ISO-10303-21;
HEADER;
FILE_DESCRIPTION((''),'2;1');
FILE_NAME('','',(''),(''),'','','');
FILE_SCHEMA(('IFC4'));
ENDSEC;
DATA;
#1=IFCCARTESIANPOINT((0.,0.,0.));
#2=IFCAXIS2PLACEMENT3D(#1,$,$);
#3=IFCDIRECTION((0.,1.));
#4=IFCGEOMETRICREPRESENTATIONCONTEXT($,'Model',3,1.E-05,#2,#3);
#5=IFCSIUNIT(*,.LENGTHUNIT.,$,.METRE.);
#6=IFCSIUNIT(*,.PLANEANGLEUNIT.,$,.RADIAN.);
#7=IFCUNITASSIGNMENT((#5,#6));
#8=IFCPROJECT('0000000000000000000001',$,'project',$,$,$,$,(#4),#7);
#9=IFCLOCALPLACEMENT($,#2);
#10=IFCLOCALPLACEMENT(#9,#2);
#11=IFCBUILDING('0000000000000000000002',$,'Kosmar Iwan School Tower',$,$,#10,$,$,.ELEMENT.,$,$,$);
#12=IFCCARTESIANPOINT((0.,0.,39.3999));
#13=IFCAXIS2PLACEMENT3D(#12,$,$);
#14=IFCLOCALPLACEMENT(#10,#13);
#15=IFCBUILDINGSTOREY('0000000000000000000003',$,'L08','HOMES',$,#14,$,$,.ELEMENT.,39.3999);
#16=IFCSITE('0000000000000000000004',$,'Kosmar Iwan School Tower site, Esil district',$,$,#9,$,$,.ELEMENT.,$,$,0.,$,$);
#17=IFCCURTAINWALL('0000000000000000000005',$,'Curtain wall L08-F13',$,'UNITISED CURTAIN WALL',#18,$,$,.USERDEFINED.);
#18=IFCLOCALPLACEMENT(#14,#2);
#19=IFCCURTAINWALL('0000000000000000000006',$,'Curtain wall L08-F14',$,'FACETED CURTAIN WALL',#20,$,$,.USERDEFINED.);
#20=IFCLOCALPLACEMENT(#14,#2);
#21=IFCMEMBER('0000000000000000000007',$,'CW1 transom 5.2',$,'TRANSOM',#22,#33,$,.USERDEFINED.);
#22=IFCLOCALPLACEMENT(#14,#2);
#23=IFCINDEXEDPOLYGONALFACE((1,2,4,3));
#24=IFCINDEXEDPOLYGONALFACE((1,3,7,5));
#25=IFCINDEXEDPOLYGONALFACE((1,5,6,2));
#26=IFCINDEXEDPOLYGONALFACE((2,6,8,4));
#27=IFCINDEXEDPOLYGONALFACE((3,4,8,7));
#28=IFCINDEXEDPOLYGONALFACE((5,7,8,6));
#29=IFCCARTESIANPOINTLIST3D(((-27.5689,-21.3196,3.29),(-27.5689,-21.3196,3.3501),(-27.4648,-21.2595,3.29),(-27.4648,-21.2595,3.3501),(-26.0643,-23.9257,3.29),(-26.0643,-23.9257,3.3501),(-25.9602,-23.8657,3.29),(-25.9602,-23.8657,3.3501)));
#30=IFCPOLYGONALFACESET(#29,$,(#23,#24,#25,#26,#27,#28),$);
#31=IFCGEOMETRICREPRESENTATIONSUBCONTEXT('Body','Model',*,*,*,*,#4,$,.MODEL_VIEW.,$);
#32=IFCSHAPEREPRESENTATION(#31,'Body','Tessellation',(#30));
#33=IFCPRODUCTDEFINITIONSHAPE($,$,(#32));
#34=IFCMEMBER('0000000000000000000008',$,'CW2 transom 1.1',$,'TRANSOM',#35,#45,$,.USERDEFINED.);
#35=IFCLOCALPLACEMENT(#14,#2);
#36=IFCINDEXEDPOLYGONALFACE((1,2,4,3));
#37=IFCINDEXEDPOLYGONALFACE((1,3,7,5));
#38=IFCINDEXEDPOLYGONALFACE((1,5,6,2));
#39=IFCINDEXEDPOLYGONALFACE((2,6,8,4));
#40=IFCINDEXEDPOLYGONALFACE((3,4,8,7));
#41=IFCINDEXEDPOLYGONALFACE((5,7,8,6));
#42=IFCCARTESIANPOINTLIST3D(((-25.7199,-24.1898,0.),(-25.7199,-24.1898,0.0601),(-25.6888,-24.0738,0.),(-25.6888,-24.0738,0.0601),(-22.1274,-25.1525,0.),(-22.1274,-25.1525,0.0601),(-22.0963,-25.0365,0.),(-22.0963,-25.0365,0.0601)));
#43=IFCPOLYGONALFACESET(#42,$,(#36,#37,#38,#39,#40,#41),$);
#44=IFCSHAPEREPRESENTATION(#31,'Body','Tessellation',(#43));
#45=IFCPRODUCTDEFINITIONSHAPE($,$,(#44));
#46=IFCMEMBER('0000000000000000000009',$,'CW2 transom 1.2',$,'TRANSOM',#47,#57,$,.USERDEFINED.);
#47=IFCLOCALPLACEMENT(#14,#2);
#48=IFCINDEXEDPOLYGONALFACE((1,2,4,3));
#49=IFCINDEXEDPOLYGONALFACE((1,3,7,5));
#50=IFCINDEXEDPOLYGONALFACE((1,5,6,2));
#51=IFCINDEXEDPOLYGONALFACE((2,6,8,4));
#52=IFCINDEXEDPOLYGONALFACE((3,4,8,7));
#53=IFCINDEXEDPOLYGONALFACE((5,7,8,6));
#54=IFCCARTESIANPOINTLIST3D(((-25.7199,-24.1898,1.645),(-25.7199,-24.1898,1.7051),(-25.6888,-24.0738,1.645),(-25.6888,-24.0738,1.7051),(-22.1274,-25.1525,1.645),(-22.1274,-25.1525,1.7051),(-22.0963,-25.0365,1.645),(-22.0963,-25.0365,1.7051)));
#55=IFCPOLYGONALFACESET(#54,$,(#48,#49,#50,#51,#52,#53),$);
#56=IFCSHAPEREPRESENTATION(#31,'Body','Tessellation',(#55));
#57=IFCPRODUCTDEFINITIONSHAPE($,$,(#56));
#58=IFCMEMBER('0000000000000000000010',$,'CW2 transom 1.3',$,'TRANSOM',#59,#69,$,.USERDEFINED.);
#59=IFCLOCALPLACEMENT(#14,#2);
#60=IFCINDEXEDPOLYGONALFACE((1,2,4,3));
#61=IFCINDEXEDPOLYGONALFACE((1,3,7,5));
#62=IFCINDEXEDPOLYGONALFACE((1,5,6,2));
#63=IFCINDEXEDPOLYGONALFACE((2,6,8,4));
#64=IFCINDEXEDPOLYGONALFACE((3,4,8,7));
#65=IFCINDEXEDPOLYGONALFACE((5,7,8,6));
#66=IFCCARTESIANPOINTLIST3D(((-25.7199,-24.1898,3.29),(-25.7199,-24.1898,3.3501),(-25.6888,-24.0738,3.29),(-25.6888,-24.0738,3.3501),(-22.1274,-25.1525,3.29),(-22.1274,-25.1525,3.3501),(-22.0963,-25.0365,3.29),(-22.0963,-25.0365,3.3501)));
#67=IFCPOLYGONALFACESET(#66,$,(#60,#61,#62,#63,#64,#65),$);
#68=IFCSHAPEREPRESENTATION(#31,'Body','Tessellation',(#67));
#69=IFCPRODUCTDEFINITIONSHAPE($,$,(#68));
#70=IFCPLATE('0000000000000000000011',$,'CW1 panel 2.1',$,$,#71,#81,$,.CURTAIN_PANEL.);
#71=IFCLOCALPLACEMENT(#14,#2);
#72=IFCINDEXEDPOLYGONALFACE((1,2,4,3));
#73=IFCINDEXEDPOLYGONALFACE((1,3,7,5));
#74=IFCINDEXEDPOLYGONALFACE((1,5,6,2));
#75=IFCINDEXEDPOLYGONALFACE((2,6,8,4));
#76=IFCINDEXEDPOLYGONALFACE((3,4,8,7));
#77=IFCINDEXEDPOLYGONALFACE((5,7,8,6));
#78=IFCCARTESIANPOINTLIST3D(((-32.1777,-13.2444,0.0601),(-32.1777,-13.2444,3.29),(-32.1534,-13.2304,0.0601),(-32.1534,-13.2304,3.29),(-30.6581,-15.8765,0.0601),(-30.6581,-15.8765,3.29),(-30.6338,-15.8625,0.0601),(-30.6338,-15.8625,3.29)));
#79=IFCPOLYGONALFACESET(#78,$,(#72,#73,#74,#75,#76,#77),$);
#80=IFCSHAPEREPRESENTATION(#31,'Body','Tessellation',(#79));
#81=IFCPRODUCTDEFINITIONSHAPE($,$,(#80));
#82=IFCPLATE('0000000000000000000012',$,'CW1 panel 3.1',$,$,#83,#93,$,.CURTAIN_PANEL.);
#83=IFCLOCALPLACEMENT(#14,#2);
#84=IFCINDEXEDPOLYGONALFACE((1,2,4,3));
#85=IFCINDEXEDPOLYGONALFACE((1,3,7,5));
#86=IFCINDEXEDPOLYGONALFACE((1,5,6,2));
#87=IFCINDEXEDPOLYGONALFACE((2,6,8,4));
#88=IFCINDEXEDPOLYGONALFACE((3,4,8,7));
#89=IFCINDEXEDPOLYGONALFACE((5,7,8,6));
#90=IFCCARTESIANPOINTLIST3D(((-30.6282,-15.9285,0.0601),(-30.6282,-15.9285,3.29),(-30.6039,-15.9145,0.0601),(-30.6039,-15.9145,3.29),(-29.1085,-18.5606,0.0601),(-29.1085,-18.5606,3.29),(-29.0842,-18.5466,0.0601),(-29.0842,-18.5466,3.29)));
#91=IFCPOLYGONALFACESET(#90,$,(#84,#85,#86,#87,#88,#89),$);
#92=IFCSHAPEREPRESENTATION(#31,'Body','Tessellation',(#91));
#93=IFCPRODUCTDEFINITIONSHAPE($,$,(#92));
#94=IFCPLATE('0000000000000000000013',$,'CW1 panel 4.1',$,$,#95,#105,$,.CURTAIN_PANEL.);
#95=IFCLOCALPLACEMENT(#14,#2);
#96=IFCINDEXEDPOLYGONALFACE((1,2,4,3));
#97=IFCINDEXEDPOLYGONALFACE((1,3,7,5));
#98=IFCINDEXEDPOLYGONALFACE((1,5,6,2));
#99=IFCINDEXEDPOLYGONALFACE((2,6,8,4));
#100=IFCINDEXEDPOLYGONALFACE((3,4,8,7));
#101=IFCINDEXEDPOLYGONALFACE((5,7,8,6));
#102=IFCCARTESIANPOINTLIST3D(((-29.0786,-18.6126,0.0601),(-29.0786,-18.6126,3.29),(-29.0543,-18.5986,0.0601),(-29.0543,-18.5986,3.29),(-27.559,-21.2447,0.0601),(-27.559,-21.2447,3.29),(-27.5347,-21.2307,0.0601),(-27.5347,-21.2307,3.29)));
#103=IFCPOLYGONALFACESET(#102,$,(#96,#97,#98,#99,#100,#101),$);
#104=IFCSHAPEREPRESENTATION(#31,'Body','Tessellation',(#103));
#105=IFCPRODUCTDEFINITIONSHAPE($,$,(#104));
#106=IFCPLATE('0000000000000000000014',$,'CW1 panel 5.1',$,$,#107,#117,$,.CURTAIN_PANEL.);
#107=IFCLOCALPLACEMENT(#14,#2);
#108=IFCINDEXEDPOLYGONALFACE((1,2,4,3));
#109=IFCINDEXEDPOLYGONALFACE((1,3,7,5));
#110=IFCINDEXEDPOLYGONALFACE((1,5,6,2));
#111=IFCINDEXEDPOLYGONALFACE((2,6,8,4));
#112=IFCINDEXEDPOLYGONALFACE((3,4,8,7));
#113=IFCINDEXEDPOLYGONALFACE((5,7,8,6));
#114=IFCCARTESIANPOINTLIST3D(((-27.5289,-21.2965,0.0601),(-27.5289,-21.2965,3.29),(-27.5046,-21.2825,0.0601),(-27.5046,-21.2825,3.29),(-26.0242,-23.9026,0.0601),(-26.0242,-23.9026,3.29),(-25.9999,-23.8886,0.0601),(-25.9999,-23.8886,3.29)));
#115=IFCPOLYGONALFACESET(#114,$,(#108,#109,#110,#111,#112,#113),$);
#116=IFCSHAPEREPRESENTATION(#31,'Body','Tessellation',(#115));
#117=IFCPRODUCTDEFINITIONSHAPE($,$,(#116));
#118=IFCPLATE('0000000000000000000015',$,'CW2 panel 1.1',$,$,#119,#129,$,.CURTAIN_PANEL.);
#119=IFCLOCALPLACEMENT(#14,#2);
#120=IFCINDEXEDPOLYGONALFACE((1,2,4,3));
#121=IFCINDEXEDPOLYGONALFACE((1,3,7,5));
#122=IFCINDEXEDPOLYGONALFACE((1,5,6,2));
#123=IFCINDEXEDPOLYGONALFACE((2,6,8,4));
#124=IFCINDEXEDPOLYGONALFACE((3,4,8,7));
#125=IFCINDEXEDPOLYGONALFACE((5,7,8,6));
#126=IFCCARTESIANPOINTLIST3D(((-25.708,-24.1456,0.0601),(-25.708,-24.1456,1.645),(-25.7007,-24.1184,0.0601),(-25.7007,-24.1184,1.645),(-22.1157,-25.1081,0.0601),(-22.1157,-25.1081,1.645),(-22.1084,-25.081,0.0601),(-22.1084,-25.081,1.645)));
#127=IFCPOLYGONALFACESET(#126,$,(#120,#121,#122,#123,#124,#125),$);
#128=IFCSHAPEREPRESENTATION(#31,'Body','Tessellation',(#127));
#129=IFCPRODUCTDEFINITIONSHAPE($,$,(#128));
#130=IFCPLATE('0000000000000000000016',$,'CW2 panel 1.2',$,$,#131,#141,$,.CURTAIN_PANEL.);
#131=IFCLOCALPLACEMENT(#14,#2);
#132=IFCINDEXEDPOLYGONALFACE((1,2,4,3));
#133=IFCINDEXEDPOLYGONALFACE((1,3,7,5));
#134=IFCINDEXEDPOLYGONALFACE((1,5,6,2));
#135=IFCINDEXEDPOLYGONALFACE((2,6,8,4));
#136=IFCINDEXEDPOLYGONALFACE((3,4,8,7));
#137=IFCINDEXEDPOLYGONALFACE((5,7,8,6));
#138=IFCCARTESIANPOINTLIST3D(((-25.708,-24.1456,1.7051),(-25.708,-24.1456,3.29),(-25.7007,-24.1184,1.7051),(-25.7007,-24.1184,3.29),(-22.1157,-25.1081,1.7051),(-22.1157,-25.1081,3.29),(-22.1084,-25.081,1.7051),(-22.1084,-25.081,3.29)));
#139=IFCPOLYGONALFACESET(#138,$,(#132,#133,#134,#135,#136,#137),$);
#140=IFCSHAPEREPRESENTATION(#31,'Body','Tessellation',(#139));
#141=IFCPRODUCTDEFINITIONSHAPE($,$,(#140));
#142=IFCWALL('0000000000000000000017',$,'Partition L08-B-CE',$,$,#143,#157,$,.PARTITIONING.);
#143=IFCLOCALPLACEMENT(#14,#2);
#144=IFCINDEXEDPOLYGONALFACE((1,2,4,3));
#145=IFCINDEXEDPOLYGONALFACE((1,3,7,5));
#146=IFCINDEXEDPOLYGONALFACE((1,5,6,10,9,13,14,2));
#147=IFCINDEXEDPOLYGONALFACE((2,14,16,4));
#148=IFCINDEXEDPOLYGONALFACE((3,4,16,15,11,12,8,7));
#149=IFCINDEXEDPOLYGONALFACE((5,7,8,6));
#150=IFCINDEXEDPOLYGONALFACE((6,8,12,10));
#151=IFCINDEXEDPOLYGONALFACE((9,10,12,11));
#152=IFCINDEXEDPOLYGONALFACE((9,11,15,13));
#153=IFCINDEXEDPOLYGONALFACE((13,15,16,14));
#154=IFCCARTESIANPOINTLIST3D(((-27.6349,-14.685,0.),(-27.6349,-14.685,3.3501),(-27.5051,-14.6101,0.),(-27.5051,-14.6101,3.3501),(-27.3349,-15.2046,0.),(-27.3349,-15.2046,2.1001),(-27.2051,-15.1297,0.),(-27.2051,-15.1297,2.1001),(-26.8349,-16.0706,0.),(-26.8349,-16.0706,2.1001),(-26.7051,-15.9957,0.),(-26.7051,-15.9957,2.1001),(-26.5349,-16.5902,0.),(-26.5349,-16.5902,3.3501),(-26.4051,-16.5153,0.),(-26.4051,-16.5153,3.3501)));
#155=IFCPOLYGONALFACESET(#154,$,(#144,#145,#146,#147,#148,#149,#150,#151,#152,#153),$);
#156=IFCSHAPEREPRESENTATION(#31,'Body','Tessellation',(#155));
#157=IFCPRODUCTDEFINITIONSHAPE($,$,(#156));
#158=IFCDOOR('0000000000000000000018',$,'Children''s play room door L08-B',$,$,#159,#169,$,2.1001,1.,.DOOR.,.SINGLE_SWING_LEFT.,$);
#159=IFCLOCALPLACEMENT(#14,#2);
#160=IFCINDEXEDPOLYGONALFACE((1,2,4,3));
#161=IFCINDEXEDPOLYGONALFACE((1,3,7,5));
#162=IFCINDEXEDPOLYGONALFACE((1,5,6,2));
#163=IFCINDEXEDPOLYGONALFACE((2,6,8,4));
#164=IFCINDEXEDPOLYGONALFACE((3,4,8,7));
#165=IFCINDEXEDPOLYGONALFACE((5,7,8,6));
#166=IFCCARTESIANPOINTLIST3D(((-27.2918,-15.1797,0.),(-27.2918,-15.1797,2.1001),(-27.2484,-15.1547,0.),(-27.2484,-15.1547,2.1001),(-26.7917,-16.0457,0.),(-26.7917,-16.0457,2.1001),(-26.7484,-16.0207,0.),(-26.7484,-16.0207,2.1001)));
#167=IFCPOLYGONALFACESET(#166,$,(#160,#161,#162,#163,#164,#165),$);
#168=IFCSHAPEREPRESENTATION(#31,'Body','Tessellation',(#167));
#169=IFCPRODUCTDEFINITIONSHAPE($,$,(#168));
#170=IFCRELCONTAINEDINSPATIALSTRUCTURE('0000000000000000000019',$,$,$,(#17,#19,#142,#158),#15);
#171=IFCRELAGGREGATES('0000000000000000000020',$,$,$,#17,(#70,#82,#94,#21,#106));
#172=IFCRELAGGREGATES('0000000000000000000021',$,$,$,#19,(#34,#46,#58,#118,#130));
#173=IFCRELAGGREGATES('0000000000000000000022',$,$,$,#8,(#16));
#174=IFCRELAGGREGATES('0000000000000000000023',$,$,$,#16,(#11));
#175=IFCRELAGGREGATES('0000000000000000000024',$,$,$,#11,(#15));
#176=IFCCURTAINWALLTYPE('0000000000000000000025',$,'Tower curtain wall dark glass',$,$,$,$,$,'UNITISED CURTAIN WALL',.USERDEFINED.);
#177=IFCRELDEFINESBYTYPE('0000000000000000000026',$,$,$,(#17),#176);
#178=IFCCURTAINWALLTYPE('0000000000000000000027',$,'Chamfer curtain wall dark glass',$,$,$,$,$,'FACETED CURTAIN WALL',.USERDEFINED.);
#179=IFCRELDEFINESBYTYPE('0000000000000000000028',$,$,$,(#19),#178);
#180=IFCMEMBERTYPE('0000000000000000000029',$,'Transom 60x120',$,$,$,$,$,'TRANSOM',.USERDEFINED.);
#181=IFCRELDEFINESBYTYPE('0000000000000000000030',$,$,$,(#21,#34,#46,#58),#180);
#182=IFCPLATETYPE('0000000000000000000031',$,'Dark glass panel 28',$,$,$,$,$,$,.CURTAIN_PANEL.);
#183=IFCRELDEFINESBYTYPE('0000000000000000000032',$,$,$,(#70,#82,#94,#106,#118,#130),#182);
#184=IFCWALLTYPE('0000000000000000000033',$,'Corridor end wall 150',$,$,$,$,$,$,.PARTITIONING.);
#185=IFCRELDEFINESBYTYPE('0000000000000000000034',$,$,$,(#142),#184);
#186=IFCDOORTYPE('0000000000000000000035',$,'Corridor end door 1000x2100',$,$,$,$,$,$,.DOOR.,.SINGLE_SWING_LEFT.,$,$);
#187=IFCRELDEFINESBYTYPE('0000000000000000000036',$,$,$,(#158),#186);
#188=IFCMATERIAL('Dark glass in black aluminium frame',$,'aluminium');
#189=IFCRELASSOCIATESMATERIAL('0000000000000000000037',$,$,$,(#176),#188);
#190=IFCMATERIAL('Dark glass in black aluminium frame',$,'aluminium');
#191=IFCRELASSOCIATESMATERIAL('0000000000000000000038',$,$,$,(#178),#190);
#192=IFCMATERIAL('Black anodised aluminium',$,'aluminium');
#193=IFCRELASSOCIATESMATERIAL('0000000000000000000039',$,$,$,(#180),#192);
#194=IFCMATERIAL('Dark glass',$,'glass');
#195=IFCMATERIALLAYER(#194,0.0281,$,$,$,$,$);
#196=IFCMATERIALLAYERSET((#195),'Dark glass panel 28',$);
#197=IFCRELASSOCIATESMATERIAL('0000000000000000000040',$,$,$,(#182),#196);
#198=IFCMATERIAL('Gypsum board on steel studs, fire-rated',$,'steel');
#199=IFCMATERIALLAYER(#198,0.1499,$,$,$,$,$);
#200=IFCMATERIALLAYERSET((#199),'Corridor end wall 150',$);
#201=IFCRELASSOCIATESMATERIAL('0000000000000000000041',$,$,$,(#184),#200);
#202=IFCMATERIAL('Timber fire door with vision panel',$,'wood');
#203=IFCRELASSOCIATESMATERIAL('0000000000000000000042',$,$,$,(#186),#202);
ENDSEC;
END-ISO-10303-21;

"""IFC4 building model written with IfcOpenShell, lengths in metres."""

from ifc_helpers import new_model, si_unit, direction, frame, frame_2d, origin, origin_2d, place, context, subcontext, project, spatial, rectangle, extrude, material, layer, layer_set, material_profile, profile_set, type_object, element, fill, aggregate, save


model = new_model("IFC4")

# Units and contexts
model_context = context("Model", 3, precision=1e-05, world=origin(), true_north=direction((0.0, 1.0)))
body_context = subcontext(model_context, "Body", "Model", "MODEL_VIEW")
ifc_project = project(units=[si_unit("LENGTHUNIT", "METRE"), si_unit("PLANEANGLEUNIT", "RADIAN")], contexts=[model_context])

# Site, building, storey
site_placement = place(None, origin())
site = spatial("IfcSite", under=ifc_project, at=site_placement, Name="Kosmar Iwan School Tower site, Esil district", CompositionType="ELEMENT", RefElevation=0.0)
building_placement = place(site_placement, origin())
building = spatial("IfcBuilding", under=site, at=building_placement, Name="Kosmar Iwan School Tower", CompositionType="ELEMENT")
storey_placement = place(building_placement, frame((0.0, 0.0, 39.3999)))
storey = spatial("IfcBuildingStorey", under=building, at=storey_placement, Name="L08", Description="HOMES", CompositionType="ELEMENT", Elevation=39.3999)

# Curtain wall
ifc_material_1 = material(Name="Dark glass in black aluminium frame", Category="aluminium")
curtain_wall_type_1 = type_object("IfcCurtainWallType", Name="Tower curtain wall dark glass", ElementType="UNITISED CURTAIN WALL", PredefinedType="USERDEFINED", material=ifc_material_1)
curtain_wall_1_placement = place(storey_placement, origin())
curtain_wall_1 = element("IfcCurtainWall", 1, at=curtain_wall_1_placement, inside=storey, type_object=curtain_wall_type_1, Name="Curtain wall L08-F13", ObjectType="UNITISED CURTAIN WALL", PredefinedType="USERDEFINED")

# Curtain wall
ifc_material_2 = material(Name="Dark glass in black aluminium frame", Category="aluminium")
curtain_wall_type_2 = type_object("IfcCurtainWallType", Name="Chamfer curtain wall dark glass", ElementType="FACETED CURTAIN WALL", PredefinedType="USERDEFINED", material=ifc_material_2)
curtain_wall_2_placement = place(storey_placement, origin())
curtain_wall_2 = element("IfcCurtainWall", 2, at=curtain_wall_2_placement, inside=storey, type_object=curtain_wall_type_2, Name="Curtain wall L08-F14", ObjectType="FACETED CURTAIN WALL", PredefinedType="USERDEFINED")

# Members
ifc_material_3 = material(Name="Black anodised aluminium", Category="aluminium")
ifc_material_profile_1 = material_profile(ifc_material_3, rectangle(XDim=0.1201, YDim=0.0601, at=origin_2d()), Name="TRANSOM 60x120")
ifc_profile_set_1 = profile_set([ifc_material_profile_1], Name="Black anodised aluminium")
member_type_1 = type_object("IfcMemberType", Name="Transom 60x120", ElementType="TRANSOM", PredefinedType="USERDEFINED", material=ifc_profile_set_1)
member_1_placement = place(storey_placement, frame((-27.5168, -21.2896, 3.3201), z_axis=(0.499987, -0.866033, 0.0), x_axis=(0.866033, 0.499987, 0.0)))
member_1 = element("IfcMember", 3, at=member_1_placement, type_object=member_type_1, Name="CW1 transom 5.2", ObjectType="TRANSOM", PredefinedType="USERDEFINED", context=body_context, shape_type="SweptSolid", body=[
    extrude(rectangle(XDim=0.1201, YDim=0.0601, at=origin_2d()), origin(), (0.0, 0.0, 1.0), 3.0093),
])
member_2_placement = place(storey_placement, frame((-25.7043, -24.1318, 0.03), z_axis=(0.965924, -0.258827, 0.0), x_axis=(0.258827, 0.965924, 0.0)))
member_2 = element("IfcMember", 4, at=member_2_placement, type_object=member_type_1, Name="CW2 transom 1.1", ObjectType="TRANSOM", PredefinedType="USERDEFINED", context=body_context, shape_type="SweptSolid", body=[
    extrude(rectangle(XDim=0.1201, YDim=0.0601, at=origin_2d()), origin(), (0.0, 0.0, 1.0), 3.7192),
])
member_3_placement = place(storey_placement, frame((-25.7043, -24.1318, 1.675), z_axis=(0.965924, -0.258827, 0.0), x_axis=(0.258827, 0.965924, 0.0)))
member_3 = element("IfcMember", 5, at=member_3_placement, type_object=member_type_1, Name="CW2 transom 1.2", ObjectType="TRANSOM", PredefinedType="USERDEFINED", context=body_context, shape_type="SweptSolid", body=[
    extrude(rectangle(XDim=0.1201, YDim=0.0601, at=origin_2d()), origin(), (0.0, 0.0, 1.0), 3.7192),
])
member_4_placement = place(storey_placement, frame((-25.7043, -24.1318, 3.3201), z_axis=(0.965924, -0.258827, 0.0), x_axis=(0.258827, 0.965924, 0.0)))
member_4 = element("IfcMember", 6, at=member_4_placement, type_object=member_type_1, Name="CW2 transom 1.3", ObjectType="TRANSOM", PredefinedType="USERDEFINED", context=body_context, shape_type="SweptSolid", body=[
    extrude(rectangle(XDim=0.1201, YDim=0.0601, at=origin_2d()), origin(), (0.0, 0.0, 1.0), 3.7192),
])

# Plates
ifc_material_4 = material(Name="Dark glass", Category="glass")
ifc_layer_1 = layer(ifc_material_4, 0.0281)
ifc_layer_set_1 = layer_set([ifc_layer_1], Name="Dark glass panel 28")
plate_type = type_object("IfcPlateType", Name="Dark glass panel 28", PredefinedType="CURTAIN_PANEL", material=ifc_layer_set_1)
plate_1_placement = place(storey_placement, frame((-31.4058, -14.5535, 0.0601), z_axis=(0.0, 0.0, 1.0), x_axis=(0.5, -0.866025, 0.0)))
plate_1 = element("IfcPlate", 7, at=plate_1_placement, type_object=plate_type, Name="CW1 panel 2.1", PredefinedType="CURTAIN_PANEL", context=body_context, shape_type="SweptSolid", body=[
    extrude(rectangle(XDim=3.0393, YDim=0.0281, at=origin_2d()), origin(), (0.0, 0.0, 1.0), 3.23),
])
plate_2_placement = place(storey_placement, frame((-29.8562, -17.2375, 0.0601), z_axis=(0.0, 0.0, 1.0), x_axis=(0.5, -0.866025, 0.0)))
plate_2 = element("IfcPlate", 8, at=plate_2_placement, type_object=plate_type, Name="CW1 panel 3.1", PredefinedType="CURTAIN_PANEL", context=body_context, shape_type="SweptSolid", body=[
    extrude(rectangle(XDim=3.0393, YDim=0.0281, at=origin_2d()), origin(), (0.0, 0.0, 1.0), 3.23),
])
plate_3_placement = place(storey_placement, frame((-28.3066, -19.9216, 0.0601), z_axis=(0.0, 0.0, 1.0), x_axis=(0.5, -0.866025, 0.0)))
plate_3 = element("IfcPlate", 9, at=plate_3_placement, type_object=plate_type, Name="CW1 panel 4.1", PredefinedType="CURTAIN_PANEL", context=body_context, shape_type="SweptSolid", body=[
    extrude(rectangle(XDim=3.0393, YDim=0.0281, at=origin_2d()), origin(), (0.0, 0.0, 1.0), 3.23),
])
plate_4_placement = place(storey_placement, frame((-26.7644, -22.5925, 0.0601), z_axis=(0.0, 0.0, 1.0), x_axis=(0.5, -0.866025, 0.0)))
plate_4 = element("IfcPlate", 10, at=plate_4_placement, type_object=plate_type, Name="CW1 panel 5.1", PredefinedType="CURTAIN_PANEL", context=body_context, shape_type="SweptSolid", body=[
    extrude(rectangle(XDim=3.0093, YDim=0.0281, at=origin_2d()), origin(), (0.0, 0.0, 1.0), 3.23),
])
aggregate(curtain_wall_1, [plate_1, plate_2, plate_3, member_1, plate_4])
plate_5_placement = place(storey_placement, frame((-23.9082, -24.6133, 0.0601), z_axis=(0.0, 0.0, 1.0), x_axis=(0.965926, -0.258819, 0.0)))
plate_5 = element("IfcPlate", 11, at=plate_5_placement, type_object=plate_type, Name="CW2 panel 1.1", PredefinedType="CURTAIN_PANEL", context=body_context, shape_type="SweptSolid", body=[
    extrude(rectangle(XDim=3.719, YDim=0.0281, at=origin_2d()), origin(), (0.0, 0.0, 1.0), 1.585),
])
plate_6_placement = place(storey_placement, frame((-23.9082, -24.6133, 1.7051), z_axis=(0.0, 0.0, 1.0), x_axis=(0.965926, -0.258819, 0.0)))
plate_6 = element("IfcPlate", 12, at=plate_6_placement, type_object=plate_type, Name="CW2 panel 1.2", PredefinedType="CURTAIN_PANEL", context=body_context, shape_type="SweptSolid", body=[
    extrude(rectangle(XDim=3.719, YDim=0.0281, at=origin_2d()), origin(), (0.0, 0.0, 1.0), 1.585),
])
aggregate(curtain_wall_2, [member_2, member_3, member_4, plate_5, plate_6])

# Wall, opening, door
ifc_material_5 = material(Name="Gypsum board on steel studs, fire-rated", Category="steel")
ifc_layer_2 = layer(ifc_material_5, 0.1499)
ifc_layer_set_2 = layer_set([ifc_layer_2], Name="Corridor end wall 150")
wall_type_1 = type_object("IfcWallType", Name="Corridor end wall 150", PredefinedType="PARTITIONING", material=ifc_layer_set_2)
wall_1_placement = place(storey_placement, frame((-27.5701, -14.6475, 0.0), z_axis=(0.0, 0.0, 1.0), x_axis=(0.50003, -0.866008, 0.0)))
wall_1 = element("IfcWall", 13, at=wall_1_placement, inside=storey, type_object=wall_type_1, Name="Partition L08-B-CE", PredefinedType="PARTITIONING", context=body_context, shape_type="SweptSolid", body=[
    extrude(rectangle(XDim=2.2, YDim=0.1499, at=frame_2d((1.1001, 0.0))), origin(), (0.0, 0.0, 1.0), 3.3501),
])
opening_1_placement = place(wall_1_placement, frame((0.6001, 0.0, 0.0)))
opening_1 = element("IfcOpeningElement", 14, at=opening_1_placement, cuts=wall_1, PredefinedType="OPENING", context=body_context, shape_type="SweptSolid", body=[
    extrude(rectangle(XDim=1.0, YDim=2.1001, at=frame_2d((0.5, 1.05))), frame((0.0, 0.0869, 0.0), z_axis=(0.0, -1.0, 0.0), x_axis=(1.0, 0.0, 0.0)), (0.0, 0.0, 1.0), 0.1738),
])
ifc_material_6 = material(Name="Timber fire door with vision panel", Category="wood")
door_type_1 = type_object("IfcDoorType", Name="Corridor end door 1000x2100", OperationType="SINGLE_SWING_LEFT", PredefinedType="DOOR", material=ifc_material_6)
door_1_placement = place(opening_1_placement, origin())
door_1 = element("IfcDoor", 15, at=door_1_placement, inside=storey, type_object=door_type_1, Name="Children's play room door L08-B", OperationType="SINGLE_SWING_LEFT", OverallHeight=2.1001, OverallWidth=1.0, PredefinedType="DOOR", context=body_context, shape_type="SweptSolid", body=[
    extrude(rectangle(XDim=1.0, YDim=2.1001, at=frame_2d((0.5, 1.05))), frame((0.0, 0.0249, 0.0), z_axis=(0.0, -1.0, 0.0), x_axis=(1.0, 0.0, 0.0)), (0.0, 0.0, 1.0), 0.05),
])
fill(opening_1, door_1)

save(model, "model.ifc")
